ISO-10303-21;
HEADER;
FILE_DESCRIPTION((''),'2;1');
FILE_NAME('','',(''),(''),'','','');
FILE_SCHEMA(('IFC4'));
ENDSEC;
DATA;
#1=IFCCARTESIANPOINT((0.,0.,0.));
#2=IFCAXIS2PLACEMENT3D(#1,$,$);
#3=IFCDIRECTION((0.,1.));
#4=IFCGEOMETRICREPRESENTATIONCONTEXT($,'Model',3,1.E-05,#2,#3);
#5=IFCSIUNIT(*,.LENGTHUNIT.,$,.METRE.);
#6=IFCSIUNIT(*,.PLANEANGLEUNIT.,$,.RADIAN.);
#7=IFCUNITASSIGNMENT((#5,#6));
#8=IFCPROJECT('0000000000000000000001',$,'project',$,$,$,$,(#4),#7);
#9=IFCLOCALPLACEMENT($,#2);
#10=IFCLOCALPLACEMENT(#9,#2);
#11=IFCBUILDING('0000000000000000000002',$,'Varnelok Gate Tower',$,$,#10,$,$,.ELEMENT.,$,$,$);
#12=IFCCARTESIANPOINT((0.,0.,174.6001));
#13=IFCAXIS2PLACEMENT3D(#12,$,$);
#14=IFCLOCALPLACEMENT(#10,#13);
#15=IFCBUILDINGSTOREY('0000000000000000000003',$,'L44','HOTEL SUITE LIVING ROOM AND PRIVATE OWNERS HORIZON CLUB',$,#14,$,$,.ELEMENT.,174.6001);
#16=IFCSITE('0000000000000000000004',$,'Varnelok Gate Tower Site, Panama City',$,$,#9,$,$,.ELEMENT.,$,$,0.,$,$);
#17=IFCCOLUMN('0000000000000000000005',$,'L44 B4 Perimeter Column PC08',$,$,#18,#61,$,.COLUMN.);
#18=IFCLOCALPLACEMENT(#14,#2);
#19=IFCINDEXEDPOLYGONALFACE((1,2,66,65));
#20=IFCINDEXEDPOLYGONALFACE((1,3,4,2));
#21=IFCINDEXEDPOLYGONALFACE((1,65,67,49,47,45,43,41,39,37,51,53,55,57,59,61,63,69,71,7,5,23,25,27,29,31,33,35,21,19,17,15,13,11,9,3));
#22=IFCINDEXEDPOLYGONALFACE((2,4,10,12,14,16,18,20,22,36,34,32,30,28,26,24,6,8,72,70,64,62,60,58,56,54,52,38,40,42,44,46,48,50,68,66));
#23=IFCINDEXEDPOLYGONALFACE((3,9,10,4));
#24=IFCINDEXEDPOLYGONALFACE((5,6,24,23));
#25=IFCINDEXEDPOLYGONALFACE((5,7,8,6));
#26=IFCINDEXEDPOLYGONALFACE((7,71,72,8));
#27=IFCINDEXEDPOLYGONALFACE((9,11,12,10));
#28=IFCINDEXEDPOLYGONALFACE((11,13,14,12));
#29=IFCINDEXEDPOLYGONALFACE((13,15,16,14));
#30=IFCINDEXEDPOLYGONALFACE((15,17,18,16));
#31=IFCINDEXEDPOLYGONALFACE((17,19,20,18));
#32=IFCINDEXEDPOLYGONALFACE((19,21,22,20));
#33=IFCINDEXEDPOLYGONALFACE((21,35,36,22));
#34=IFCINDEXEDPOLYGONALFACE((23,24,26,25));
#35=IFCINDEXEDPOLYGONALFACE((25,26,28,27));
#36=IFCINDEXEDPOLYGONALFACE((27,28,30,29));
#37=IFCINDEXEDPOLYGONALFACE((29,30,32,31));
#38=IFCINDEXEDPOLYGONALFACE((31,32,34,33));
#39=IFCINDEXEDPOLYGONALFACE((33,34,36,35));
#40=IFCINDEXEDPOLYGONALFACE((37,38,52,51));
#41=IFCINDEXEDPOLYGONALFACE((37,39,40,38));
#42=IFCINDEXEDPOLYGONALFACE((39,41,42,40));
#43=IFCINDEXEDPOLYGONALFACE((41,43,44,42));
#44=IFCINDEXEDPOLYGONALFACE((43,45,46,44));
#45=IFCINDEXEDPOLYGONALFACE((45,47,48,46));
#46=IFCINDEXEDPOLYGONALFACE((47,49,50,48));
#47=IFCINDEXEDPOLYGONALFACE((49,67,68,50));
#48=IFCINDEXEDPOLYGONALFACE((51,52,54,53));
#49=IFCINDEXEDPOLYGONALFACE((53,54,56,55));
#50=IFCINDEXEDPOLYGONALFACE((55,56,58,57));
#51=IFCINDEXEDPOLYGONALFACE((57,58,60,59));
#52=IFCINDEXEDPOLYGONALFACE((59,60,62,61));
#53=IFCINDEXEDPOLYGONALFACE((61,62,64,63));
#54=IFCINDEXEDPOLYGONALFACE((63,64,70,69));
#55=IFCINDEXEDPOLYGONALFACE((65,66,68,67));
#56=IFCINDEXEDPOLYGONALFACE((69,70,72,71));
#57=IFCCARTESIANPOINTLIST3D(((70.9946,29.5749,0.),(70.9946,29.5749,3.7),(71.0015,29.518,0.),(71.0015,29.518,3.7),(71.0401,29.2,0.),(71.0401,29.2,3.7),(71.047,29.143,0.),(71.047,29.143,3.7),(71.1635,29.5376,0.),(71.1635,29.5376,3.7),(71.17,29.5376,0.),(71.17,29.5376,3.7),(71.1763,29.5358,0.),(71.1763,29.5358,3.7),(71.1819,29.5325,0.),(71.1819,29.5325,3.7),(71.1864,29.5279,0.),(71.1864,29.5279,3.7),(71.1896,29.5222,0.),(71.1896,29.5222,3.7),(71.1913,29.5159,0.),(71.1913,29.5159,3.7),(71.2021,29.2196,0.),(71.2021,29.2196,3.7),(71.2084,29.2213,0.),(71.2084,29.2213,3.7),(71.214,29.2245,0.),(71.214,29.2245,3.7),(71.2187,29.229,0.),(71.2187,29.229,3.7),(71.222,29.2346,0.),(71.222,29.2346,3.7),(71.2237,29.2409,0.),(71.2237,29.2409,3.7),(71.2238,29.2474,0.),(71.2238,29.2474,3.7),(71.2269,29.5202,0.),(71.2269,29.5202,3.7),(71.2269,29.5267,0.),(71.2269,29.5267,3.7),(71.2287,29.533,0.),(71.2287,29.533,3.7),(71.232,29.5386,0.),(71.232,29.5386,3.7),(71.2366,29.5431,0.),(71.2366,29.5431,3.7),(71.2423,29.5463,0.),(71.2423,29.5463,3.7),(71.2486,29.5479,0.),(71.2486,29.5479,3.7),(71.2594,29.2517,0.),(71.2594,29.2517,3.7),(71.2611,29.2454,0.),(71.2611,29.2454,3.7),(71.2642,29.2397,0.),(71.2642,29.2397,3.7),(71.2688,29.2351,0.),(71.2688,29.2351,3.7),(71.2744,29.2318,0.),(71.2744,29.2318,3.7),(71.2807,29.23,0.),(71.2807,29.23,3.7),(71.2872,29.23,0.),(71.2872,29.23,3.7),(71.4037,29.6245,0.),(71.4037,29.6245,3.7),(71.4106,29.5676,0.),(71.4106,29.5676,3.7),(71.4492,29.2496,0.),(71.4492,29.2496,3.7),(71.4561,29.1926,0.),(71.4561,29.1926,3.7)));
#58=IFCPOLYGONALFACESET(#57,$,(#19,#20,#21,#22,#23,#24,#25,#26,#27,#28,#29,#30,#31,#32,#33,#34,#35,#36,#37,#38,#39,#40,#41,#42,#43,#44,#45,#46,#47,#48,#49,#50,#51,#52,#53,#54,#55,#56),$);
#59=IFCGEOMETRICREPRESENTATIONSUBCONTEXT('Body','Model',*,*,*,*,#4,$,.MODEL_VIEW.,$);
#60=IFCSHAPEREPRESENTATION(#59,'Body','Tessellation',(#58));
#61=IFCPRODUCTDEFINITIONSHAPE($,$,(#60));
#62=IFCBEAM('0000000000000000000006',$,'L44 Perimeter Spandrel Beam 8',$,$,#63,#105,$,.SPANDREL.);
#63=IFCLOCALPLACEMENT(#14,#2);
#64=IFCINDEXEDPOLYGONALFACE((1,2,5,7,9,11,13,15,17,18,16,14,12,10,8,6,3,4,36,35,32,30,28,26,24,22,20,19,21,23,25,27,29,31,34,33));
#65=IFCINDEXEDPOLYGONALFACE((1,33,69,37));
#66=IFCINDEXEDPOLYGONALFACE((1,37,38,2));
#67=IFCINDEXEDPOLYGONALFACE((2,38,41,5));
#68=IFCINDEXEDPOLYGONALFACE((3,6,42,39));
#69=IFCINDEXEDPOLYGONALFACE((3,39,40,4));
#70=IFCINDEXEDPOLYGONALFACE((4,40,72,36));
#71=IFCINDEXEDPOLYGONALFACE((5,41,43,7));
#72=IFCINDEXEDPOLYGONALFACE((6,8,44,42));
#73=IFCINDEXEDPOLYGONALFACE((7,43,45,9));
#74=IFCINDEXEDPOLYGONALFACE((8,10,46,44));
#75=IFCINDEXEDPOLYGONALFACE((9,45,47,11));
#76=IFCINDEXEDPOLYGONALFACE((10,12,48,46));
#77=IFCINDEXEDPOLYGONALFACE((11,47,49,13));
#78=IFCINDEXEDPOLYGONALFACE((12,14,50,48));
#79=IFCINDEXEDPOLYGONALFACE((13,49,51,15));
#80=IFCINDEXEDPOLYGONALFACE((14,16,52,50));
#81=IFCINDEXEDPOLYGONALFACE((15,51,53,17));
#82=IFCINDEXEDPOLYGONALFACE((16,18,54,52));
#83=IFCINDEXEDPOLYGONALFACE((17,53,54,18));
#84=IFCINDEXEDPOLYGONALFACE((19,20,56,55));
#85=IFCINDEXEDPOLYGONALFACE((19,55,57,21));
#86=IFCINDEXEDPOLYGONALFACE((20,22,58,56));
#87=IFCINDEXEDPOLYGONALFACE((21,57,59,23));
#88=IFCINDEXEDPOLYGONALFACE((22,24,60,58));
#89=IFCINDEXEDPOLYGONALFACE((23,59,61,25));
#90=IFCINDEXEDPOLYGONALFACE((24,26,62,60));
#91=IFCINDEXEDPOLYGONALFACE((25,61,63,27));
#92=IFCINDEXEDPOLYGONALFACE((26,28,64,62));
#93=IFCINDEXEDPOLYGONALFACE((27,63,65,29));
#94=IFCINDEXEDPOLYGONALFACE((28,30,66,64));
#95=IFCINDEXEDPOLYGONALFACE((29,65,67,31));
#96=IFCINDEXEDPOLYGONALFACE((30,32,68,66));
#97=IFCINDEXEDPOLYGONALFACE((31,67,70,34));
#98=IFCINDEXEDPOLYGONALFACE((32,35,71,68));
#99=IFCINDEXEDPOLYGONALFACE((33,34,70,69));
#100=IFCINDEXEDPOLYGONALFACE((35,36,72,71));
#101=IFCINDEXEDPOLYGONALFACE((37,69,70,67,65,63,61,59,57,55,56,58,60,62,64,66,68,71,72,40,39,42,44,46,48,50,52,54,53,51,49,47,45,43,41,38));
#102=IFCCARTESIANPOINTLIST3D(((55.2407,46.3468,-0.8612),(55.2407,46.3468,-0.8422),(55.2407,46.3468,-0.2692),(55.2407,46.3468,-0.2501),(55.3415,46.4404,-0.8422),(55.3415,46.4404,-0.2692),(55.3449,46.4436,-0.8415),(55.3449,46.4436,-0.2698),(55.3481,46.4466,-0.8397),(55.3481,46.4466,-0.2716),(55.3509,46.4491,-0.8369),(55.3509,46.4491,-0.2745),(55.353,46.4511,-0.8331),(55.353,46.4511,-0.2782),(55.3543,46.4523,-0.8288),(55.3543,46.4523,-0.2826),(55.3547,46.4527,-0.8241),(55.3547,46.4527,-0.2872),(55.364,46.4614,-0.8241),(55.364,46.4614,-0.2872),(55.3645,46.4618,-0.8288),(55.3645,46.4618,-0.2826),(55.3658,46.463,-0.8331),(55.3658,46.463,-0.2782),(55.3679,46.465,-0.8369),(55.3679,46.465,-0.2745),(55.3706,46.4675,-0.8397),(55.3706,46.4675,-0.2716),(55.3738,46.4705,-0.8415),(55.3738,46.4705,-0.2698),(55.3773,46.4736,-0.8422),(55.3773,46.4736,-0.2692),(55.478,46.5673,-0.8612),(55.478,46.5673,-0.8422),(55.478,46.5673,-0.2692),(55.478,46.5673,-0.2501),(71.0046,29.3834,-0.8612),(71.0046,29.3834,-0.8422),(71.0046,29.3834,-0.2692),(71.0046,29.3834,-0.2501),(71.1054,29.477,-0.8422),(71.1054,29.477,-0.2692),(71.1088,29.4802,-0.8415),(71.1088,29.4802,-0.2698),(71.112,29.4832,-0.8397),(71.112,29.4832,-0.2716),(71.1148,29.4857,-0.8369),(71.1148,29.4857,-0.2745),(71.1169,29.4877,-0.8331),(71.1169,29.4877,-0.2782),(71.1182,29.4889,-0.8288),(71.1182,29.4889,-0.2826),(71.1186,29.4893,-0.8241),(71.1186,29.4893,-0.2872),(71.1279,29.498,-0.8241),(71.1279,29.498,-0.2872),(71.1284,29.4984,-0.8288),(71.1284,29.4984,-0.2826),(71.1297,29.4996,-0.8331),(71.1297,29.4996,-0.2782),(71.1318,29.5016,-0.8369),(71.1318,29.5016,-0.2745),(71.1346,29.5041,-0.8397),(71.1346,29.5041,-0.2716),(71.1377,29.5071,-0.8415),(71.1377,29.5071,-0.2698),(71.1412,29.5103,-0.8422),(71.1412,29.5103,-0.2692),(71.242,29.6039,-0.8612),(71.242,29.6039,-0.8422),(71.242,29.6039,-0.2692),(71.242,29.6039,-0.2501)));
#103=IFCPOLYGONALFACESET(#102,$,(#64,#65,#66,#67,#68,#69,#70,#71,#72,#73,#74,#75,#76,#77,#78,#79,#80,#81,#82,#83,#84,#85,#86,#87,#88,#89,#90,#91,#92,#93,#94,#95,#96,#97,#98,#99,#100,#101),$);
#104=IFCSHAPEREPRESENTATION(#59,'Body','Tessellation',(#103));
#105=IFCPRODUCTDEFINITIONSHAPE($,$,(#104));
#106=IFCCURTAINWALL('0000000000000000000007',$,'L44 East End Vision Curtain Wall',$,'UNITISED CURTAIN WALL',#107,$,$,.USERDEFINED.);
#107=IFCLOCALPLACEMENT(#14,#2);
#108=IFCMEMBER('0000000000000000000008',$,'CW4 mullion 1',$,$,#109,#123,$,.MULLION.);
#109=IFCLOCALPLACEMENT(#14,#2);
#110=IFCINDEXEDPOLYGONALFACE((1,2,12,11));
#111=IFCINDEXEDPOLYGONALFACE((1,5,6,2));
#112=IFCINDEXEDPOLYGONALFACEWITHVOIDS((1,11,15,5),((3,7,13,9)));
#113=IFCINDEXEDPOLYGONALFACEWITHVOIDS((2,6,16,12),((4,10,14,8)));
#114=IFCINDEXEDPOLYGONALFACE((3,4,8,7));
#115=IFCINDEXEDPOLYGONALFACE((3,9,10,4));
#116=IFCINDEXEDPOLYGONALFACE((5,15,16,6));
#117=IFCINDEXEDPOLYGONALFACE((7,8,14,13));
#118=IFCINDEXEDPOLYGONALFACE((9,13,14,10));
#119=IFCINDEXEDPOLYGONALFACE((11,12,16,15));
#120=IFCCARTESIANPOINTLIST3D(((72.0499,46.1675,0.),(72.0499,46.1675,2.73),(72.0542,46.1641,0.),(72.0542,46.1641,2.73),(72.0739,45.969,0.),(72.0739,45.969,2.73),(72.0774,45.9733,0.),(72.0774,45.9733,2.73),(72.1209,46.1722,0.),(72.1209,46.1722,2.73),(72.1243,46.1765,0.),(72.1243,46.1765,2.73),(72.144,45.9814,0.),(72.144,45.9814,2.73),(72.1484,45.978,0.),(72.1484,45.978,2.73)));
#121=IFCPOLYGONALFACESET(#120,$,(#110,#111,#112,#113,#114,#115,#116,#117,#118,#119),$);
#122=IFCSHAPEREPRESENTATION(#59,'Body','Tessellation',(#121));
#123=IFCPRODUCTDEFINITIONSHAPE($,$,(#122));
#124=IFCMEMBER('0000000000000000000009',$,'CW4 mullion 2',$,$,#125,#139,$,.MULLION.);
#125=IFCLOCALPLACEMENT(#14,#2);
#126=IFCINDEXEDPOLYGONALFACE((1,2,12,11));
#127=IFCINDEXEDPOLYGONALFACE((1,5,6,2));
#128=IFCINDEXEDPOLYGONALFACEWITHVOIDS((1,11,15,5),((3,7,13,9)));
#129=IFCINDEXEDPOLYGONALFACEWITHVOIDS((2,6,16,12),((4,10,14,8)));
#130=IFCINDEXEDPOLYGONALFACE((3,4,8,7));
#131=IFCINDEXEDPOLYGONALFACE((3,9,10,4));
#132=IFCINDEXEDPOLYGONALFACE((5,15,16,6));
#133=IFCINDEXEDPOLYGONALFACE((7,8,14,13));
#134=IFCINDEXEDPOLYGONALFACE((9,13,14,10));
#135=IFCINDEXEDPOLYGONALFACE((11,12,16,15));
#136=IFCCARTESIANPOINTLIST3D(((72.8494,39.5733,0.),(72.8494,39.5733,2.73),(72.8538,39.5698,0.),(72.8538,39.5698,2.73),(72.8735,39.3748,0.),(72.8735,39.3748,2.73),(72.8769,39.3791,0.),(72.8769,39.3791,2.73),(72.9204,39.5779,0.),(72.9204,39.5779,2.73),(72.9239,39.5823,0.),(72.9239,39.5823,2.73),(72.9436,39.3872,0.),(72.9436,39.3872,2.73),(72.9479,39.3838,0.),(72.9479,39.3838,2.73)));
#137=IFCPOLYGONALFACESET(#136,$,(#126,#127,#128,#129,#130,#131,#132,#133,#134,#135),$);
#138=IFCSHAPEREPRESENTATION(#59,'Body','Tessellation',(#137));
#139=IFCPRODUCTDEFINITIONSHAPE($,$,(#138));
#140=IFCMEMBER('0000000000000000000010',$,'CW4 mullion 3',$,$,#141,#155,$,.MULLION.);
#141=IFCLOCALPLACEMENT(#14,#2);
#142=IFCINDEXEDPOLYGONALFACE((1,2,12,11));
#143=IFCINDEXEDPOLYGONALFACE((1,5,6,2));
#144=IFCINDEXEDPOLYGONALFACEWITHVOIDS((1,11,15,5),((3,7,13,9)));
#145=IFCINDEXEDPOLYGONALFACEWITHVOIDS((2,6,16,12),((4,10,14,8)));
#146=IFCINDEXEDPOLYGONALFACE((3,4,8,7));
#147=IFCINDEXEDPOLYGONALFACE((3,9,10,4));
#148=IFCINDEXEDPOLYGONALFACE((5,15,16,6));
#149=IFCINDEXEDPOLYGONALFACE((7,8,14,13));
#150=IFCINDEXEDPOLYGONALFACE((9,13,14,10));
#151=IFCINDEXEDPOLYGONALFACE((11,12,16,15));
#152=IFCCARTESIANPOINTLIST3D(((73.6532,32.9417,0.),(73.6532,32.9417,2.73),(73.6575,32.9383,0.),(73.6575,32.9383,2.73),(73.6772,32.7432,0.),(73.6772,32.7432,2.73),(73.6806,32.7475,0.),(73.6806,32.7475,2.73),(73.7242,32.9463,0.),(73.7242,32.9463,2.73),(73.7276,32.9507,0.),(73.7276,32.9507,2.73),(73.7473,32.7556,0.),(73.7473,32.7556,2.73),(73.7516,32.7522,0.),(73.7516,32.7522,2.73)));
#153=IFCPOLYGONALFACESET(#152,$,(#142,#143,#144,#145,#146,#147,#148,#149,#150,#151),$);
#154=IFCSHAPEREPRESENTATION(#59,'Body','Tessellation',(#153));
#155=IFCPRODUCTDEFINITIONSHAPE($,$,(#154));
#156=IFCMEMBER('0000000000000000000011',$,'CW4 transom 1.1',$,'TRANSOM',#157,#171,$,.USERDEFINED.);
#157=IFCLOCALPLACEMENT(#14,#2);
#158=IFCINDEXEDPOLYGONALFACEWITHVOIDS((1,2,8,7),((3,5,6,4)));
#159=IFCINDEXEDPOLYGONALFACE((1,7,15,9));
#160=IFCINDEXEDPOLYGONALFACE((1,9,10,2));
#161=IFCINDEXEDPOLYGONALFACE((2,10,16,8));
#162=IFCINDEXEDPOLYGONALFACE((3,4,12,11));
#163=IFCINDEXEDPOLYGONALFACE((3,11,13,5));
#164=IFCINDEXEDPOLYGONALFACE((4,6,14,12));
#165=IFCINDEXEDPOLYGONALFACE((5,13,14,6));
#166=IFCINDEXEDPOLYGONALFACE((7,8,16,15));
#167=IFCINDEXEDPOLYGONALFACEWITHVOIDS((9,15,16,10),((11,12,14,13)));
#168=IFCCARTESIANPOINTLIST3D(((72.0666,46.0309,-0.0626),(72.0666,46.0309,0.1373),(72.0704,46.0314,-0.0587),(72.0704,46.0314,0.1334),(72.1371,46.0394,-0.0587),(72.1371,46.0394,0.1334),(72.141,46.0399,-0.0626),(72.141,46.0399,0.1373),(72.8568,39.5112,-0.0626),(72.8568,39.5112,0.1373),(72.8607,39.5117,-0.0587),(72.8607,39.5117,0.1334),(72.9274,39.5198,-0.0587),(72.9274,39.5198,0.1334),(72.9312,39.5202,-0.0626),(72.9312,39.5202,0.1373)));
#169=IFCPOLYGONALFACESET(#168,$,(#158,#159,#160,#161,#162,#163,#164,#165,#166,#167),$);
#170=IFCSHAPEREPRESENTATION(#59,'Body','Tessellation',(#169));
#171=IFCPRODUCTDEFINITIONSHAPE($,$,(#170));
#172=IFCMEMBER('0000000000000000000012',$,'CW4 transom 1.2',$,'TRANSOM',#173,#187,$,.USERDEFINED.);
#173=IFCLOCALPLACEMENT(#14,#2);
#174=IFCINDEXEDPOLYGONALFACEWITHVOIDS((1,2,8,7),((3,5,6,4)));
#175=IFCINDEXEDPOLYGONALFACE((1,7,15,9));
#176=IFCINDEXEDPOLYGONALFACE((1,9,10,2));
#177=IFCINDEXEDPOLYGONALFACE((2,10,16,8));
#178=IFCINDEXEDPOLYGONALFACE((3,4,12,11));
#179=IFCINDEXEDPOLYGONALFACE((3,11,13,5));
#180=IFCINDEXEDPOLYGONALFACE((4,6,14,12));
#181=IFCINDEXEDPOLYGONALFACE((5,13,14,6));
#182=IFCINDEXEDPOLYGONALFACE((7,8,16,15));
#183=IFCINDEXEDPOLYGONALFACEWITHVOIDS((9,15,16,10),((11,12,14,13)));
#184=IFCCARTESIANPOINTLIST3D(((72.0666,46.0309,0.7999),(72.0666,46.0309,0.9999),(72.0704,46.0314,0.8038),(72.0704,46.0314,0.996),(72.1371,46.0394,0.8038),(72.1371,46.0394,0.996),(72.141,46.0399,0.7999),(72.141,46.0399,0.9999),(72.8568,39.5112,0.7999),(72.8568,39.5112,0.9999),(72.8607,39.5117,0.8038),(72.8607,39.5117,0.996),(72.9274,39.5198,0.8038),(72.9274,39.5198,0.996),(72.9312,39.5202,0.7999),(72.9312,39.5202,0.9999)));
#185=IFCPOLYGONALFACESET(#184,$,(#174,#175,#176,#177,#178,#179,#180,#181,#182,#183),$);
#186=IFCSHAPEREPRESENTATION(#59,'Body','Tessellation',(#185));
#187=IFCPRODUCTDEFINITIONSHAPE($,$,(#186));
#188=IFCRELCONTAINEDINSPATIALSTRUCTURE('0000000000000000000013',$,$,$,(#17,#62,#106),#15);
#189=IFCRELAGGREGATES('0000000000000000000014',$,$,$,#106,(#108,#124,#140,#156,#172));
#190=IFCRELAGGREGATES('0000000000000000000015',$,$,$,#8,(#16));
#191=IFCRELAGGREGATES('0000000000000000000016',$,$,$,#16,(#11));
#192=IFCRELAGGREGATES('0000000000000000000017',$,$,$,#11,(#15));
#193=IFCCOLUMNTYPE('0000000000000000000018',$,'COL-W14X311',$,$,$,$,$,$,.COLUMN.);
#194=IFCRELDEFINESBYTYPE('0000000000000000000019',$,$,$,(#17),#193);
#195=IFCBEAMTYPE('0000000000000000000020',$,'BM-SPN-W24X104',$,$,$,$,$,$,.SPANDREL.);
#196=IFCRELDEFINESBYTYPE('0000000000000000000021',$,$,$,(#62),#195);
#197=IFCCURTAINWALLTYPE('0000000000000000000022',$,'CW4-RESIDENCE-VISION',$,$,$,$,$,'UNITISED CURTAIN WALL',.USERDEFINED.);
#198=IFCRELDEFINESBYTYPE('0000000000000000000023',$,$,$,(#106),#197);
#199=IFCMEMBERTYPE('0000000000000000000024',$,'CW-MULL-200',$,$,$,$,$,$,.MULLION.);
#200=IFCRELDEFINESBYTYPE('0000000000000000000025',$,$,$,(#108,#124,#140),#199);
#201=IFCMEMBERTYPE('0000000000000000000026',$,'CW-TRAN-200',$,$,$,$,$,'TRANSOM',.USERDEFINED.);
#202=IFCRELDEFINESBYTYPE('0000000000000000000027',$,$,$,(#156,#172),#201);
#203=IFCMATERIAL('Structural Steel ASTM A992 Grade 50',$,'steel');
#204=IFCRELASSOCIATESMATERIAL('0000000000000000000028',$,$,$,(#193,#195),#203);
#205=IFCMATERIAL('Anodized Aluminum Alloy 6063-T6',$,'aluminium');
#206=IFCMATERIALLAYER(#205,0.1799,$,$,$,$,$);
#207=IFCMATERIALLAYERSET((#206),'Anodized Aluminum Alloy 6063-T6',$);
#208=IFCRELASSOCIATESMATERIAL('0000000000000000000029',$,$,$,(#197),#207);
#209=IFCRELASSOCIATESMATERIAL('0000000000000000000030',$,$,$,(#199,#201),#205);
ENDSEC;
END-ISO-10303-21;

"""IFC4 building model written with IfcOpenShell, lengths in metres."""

from ifc_helpers import new_model, si_unit, direction, frame, origin, origin_2d, place, context, subcontext, project, spatial, hollow_rectangle, i_section, extrude, material, layer, layer_set, material_profile, profile_set, type_object, element, aggregate, save


model = new_model("IFC4")

# Units and contexts
model_context = context("Model", 3, precision=1e-05, world=origin(), true_north=direction((0.0, 1.0)))
body_context = subcontext(model_context, "Body", "Model", "MODEL_VIEW")
ifc_project = project(units=[si_unit("LENGTHUNIT", "METRE"), si_unit("PLANEANGLEUNIT", "RADIAN")], contexts=[model_context])

# Site, building, storey
site_placement = place(None, origin())
site = spatial("IfcSite", under=ifc_project, at=site_placement, Name="Varnelok Gate Tower Site, Panama City", CompositionType="ELEMENT", RefElevation=0.0)
building_placement = place(site_placement, origin())
building = spatial("IfcBuilding", under=site, at=building_placement, Name="Varnelok Gate Tower", CompositionType="ELEMENT")
storey_placement = place(building_placement, frame((0.0, 0.0, 174.6001)))
storey = spatial("IfcBuildingStorey", under=building, at=storey_placement, Name="L44", Description="HOTEL SUITE LIVING ROOM AND PRIVATE OWNERS HORIZON CLUB", CompositionType="ELEMENT", Elevation=174.6001)

# Column
ifc_material_1 = material(Name="Structural Steel ASTM A992 Grade 50", Category="steel")
ifc_material_profile_1 = material_profile(ifc_material_1, i_section(OverallWidth=0.4121, OverallDepth=0.4351, WebThickness=0.0359, FlangeThickness=0.0574, FilletRadius=0.0249, at=origin_2d()), Name="W14X311")
ifc_profile_set_1 = profile_set([ifc_material_profile_1], Name="Structural Steel ASTM A992 Grade 50")
column_type = type_object("IfcColumnType", Name="COL-W14X311", PredefinedType="COLUMN", material=ifc_profile_set_1)
column_placement = place(storey_placement, frame((71.2253, 29.3838, 0.0), z_axis=(0.0, 0.0, 1.0), x_axis=(0.992732, 0.120345, 0.0)))
element("IfcColumn", 1, at=column_placement, inside=storey, type_object=column_type, Name="L44 B4 Perimeter Column PC08", PredefinedType="COLUMN", context=body_context, shape_type="SweptSolid", body=[
    extrude(i_section(OverallWidth=0.4121, OverallDepth=0.4351, WebThickness=0.0359, FlangeThickness=0.0574, FilletRadius=0.0249, at=origin_2d()), origin(), (0.0, 0.0, 1.0), 3.7),
])

# Beam
ifc_material_profile_2 = material_profile(ifc_material_1, i_section(OverallWidth=0.324, OverallDepth=0.6111, WebThickness=0.0127, FlangeThickness=0.019, FilletRadius=0.0181, at=origin_2d()), Name="W24X104")
ifc_profile_set_2 = profile_set([ifc_material_profile_2], Name="Structural Steel ASTM A992 Grade 50")
beam_type = type_object("IfcBeamType", Name="BM-SPN-W24X104", PredefinedType="SPANDREL", material=ifc_profile_set_2)
beam_placement = place(storey_placement, frame((71.1233, 29.4937, -0.5557), z_axis=(-0.680734, 0.732531, 0.0), x_axis=(-0.732531, -0.680734, 0.0)))
element("IfcBeam", 2, at=beam_placement, inside=storey, type_object=beam_type, Name="L44 Perimeter Spandrel Beam 8", PredefinedType="SPANDREL", context=body_context, shape_type="SweptSolid", body=[
    extrude(i_section(OverallWidth=0.324, OverallDepth=0.6111, WebThickness=0.0127, FlangeThickness=0.019, FilletRadius=0.0181, at=origin_2d()), origin(), (0.0, 0.0, 1.0), 23.1572),
])

# Curtain wall, members
ifc_material_2 = material(Name="Anodized Aluminum Alloy 6063-T6", Category="aluminium")
ifc_layer_1 = layer(ifc_material_2, 0.1799)
ifc_layer_set_1 = layer_set([ifc_layer_1], Name="Anodized Aluminum Alloy 6063-T6")
curtain_wall_type = type_object("IfcCurtainWallType", Name="CW4-RESIDENCE-VISION", ElementType="UNITISED CURTAIN WALL", PredefinedType="USERDEFINED", material=ifc_layer_set_1)
curtain_wall_placement = place(storey_placement, origin())
curtain_wall = element("IfcCurtainWall", 3, at=curtain_wall_placement, inside=storey, type_object=curtain_wall_type, Name="L44 East End Vision Curtain Wall", ObjectType="UNITISED CURTAIN WALL", PredefinedType="USERDEFINED")
ifc_material_profile_3 = material_profile(ifc_material_2, hollow_rectangle(XDim=0.075, YDim=0.2, WallThickness=0.0039, at=origin_2d()), Name="ALU200X75X4")
ifc_profile_set_3 = profile_set([ifc_material_profile_3], Name="Anodized Aluminum Alloy 6063-T6")
member_type_1 = type_object("IfcMemberType", Name="CW-MULL-200", PredefinedType="MULLION", material=ifc_profile_set_3)
member_1_placement = place(storey_placement, frame((72.0991, 46.0728, 0.0), z_axis=(0.0, 0.0, 1.0), x_axis=(0.992732, 0.120345, 0.0)))
member_1 = element("IfcMember", 4, at=member_1_placement, type_object=member_type_1, Name="CW4 mullion 1", PredefinedType="MULLION", context=body_context, shape_type="SweptSolid", body=[
    extrude(hollow_rectangle(XDim=0.075, YDim=0.2, WallThickness=0.0039, at=origin_2d()), origin(), (0.0, 0.0, 1.0), 2.73),
])
member_2_placement = place(storey_placement, frame((72.8987, 39.4785, 0.0), z_axis=(0.0, 0.0, 1.0), x_axis=(0.992732, 0.120345, 0.0)))
member_2 = element("IfcMember", 5, at=member_2_placement, type_object=member_type_1, Name="CW4 mullion 2", PredefinedType="MULLION", context=body_context, shape_type="SweptSolid", body=[
    extrude(hollow_rectangle(XDim=0.075, YDim=0.2, WallThickness=0.0039, at=origin_2d()), origin(), (0.0, 0.0, 1.0), 2.73),
])
member_3_placement = place(storey_placement, frame((73.7024, 32.8469, 0.0), z_axis=(0.0, 0.0, 1.0), x_axis=(0.992732, 0.120345, 0.0)))
member_3 = element("IfcMember", 6, at=member_3_placement, type_object=member_type_1, Name="CW4 mullion 3", PredefinedType="MULLION", context=body_context, shape_type="SweptSolid", body=[
    extrude(hollow_rectangle(XDim=0.075, YDim=0.2, WallThickness=0.0039, at=origin_2d()), origin(), (0.0, 0.0, 1.0), 2.73),
])
ifc_material_profile_4 = material_profile(ifc_material_2, hollow_rectangle(XDim=0.075, YDim=0.2, WallThickness=0.0039, at=origin_2d()), Name="ALU200X75X4")
ifc_profile_set_4 = profile_set([ifc_material_profile_4], Name="Anodized Aluminum Alloy 6063-T6")
member_type_2 = type_object("IfcMemberType", Name="CW-TRAN-200", ElementType="TRANSOM", PredefinedType="USERDEFINED", material=ifc_profile_set_4)
member_4_placement = place(storey_placement, frame((72.1038, 46.0354, 0.0374), z_axis=(0.120332, -0.992734, 0.0), x_axis=(0.992734, 0.120332, 0.0)))
member_4 = element("IfcMember", 7, at=member_4_placement, type_object=member_type_2, Name="CW4 transom 1.1", ObjectType="TRANSOM", PredefinedType="USERDEFINED", context=body_context, shape_type="SweptSolid", body=[
    extrude(hollow_rectangle(XDim=0.075, YDim=0.2, WallThickness=0.0039, at=origin_2d()), origin(), (0.0, 0.0, 1.0), 6.5674),
])
member_5_placement = place(storey_placement, frame((72.1038, 46.0354, 0.8999), z_axis=(0.120332, -0.992734, 0.0), x_axis=(0.992734, 0.120332, 0.0)))
member_5 = element("IfcMember", 8, at=member_5_placement, type_object=member_type_2, Name="CW4 transom 1.2", ObjectType="TRANSOM", PredefinedType="USERDEFINED", context=body_context, shape_type="SweptSolid", body=[
    extrude(hollow_rectangle(XDim=0.075, YDim=0.2, WallThickness=0.0039, at=origin_2d()), origin(), (0.0, 0.0, 1.0), 6.5674),
])
aggregate(curtain_wall, [member_1, member_2, member_3, member_4, member_5])

save(model, "model.ifc")
